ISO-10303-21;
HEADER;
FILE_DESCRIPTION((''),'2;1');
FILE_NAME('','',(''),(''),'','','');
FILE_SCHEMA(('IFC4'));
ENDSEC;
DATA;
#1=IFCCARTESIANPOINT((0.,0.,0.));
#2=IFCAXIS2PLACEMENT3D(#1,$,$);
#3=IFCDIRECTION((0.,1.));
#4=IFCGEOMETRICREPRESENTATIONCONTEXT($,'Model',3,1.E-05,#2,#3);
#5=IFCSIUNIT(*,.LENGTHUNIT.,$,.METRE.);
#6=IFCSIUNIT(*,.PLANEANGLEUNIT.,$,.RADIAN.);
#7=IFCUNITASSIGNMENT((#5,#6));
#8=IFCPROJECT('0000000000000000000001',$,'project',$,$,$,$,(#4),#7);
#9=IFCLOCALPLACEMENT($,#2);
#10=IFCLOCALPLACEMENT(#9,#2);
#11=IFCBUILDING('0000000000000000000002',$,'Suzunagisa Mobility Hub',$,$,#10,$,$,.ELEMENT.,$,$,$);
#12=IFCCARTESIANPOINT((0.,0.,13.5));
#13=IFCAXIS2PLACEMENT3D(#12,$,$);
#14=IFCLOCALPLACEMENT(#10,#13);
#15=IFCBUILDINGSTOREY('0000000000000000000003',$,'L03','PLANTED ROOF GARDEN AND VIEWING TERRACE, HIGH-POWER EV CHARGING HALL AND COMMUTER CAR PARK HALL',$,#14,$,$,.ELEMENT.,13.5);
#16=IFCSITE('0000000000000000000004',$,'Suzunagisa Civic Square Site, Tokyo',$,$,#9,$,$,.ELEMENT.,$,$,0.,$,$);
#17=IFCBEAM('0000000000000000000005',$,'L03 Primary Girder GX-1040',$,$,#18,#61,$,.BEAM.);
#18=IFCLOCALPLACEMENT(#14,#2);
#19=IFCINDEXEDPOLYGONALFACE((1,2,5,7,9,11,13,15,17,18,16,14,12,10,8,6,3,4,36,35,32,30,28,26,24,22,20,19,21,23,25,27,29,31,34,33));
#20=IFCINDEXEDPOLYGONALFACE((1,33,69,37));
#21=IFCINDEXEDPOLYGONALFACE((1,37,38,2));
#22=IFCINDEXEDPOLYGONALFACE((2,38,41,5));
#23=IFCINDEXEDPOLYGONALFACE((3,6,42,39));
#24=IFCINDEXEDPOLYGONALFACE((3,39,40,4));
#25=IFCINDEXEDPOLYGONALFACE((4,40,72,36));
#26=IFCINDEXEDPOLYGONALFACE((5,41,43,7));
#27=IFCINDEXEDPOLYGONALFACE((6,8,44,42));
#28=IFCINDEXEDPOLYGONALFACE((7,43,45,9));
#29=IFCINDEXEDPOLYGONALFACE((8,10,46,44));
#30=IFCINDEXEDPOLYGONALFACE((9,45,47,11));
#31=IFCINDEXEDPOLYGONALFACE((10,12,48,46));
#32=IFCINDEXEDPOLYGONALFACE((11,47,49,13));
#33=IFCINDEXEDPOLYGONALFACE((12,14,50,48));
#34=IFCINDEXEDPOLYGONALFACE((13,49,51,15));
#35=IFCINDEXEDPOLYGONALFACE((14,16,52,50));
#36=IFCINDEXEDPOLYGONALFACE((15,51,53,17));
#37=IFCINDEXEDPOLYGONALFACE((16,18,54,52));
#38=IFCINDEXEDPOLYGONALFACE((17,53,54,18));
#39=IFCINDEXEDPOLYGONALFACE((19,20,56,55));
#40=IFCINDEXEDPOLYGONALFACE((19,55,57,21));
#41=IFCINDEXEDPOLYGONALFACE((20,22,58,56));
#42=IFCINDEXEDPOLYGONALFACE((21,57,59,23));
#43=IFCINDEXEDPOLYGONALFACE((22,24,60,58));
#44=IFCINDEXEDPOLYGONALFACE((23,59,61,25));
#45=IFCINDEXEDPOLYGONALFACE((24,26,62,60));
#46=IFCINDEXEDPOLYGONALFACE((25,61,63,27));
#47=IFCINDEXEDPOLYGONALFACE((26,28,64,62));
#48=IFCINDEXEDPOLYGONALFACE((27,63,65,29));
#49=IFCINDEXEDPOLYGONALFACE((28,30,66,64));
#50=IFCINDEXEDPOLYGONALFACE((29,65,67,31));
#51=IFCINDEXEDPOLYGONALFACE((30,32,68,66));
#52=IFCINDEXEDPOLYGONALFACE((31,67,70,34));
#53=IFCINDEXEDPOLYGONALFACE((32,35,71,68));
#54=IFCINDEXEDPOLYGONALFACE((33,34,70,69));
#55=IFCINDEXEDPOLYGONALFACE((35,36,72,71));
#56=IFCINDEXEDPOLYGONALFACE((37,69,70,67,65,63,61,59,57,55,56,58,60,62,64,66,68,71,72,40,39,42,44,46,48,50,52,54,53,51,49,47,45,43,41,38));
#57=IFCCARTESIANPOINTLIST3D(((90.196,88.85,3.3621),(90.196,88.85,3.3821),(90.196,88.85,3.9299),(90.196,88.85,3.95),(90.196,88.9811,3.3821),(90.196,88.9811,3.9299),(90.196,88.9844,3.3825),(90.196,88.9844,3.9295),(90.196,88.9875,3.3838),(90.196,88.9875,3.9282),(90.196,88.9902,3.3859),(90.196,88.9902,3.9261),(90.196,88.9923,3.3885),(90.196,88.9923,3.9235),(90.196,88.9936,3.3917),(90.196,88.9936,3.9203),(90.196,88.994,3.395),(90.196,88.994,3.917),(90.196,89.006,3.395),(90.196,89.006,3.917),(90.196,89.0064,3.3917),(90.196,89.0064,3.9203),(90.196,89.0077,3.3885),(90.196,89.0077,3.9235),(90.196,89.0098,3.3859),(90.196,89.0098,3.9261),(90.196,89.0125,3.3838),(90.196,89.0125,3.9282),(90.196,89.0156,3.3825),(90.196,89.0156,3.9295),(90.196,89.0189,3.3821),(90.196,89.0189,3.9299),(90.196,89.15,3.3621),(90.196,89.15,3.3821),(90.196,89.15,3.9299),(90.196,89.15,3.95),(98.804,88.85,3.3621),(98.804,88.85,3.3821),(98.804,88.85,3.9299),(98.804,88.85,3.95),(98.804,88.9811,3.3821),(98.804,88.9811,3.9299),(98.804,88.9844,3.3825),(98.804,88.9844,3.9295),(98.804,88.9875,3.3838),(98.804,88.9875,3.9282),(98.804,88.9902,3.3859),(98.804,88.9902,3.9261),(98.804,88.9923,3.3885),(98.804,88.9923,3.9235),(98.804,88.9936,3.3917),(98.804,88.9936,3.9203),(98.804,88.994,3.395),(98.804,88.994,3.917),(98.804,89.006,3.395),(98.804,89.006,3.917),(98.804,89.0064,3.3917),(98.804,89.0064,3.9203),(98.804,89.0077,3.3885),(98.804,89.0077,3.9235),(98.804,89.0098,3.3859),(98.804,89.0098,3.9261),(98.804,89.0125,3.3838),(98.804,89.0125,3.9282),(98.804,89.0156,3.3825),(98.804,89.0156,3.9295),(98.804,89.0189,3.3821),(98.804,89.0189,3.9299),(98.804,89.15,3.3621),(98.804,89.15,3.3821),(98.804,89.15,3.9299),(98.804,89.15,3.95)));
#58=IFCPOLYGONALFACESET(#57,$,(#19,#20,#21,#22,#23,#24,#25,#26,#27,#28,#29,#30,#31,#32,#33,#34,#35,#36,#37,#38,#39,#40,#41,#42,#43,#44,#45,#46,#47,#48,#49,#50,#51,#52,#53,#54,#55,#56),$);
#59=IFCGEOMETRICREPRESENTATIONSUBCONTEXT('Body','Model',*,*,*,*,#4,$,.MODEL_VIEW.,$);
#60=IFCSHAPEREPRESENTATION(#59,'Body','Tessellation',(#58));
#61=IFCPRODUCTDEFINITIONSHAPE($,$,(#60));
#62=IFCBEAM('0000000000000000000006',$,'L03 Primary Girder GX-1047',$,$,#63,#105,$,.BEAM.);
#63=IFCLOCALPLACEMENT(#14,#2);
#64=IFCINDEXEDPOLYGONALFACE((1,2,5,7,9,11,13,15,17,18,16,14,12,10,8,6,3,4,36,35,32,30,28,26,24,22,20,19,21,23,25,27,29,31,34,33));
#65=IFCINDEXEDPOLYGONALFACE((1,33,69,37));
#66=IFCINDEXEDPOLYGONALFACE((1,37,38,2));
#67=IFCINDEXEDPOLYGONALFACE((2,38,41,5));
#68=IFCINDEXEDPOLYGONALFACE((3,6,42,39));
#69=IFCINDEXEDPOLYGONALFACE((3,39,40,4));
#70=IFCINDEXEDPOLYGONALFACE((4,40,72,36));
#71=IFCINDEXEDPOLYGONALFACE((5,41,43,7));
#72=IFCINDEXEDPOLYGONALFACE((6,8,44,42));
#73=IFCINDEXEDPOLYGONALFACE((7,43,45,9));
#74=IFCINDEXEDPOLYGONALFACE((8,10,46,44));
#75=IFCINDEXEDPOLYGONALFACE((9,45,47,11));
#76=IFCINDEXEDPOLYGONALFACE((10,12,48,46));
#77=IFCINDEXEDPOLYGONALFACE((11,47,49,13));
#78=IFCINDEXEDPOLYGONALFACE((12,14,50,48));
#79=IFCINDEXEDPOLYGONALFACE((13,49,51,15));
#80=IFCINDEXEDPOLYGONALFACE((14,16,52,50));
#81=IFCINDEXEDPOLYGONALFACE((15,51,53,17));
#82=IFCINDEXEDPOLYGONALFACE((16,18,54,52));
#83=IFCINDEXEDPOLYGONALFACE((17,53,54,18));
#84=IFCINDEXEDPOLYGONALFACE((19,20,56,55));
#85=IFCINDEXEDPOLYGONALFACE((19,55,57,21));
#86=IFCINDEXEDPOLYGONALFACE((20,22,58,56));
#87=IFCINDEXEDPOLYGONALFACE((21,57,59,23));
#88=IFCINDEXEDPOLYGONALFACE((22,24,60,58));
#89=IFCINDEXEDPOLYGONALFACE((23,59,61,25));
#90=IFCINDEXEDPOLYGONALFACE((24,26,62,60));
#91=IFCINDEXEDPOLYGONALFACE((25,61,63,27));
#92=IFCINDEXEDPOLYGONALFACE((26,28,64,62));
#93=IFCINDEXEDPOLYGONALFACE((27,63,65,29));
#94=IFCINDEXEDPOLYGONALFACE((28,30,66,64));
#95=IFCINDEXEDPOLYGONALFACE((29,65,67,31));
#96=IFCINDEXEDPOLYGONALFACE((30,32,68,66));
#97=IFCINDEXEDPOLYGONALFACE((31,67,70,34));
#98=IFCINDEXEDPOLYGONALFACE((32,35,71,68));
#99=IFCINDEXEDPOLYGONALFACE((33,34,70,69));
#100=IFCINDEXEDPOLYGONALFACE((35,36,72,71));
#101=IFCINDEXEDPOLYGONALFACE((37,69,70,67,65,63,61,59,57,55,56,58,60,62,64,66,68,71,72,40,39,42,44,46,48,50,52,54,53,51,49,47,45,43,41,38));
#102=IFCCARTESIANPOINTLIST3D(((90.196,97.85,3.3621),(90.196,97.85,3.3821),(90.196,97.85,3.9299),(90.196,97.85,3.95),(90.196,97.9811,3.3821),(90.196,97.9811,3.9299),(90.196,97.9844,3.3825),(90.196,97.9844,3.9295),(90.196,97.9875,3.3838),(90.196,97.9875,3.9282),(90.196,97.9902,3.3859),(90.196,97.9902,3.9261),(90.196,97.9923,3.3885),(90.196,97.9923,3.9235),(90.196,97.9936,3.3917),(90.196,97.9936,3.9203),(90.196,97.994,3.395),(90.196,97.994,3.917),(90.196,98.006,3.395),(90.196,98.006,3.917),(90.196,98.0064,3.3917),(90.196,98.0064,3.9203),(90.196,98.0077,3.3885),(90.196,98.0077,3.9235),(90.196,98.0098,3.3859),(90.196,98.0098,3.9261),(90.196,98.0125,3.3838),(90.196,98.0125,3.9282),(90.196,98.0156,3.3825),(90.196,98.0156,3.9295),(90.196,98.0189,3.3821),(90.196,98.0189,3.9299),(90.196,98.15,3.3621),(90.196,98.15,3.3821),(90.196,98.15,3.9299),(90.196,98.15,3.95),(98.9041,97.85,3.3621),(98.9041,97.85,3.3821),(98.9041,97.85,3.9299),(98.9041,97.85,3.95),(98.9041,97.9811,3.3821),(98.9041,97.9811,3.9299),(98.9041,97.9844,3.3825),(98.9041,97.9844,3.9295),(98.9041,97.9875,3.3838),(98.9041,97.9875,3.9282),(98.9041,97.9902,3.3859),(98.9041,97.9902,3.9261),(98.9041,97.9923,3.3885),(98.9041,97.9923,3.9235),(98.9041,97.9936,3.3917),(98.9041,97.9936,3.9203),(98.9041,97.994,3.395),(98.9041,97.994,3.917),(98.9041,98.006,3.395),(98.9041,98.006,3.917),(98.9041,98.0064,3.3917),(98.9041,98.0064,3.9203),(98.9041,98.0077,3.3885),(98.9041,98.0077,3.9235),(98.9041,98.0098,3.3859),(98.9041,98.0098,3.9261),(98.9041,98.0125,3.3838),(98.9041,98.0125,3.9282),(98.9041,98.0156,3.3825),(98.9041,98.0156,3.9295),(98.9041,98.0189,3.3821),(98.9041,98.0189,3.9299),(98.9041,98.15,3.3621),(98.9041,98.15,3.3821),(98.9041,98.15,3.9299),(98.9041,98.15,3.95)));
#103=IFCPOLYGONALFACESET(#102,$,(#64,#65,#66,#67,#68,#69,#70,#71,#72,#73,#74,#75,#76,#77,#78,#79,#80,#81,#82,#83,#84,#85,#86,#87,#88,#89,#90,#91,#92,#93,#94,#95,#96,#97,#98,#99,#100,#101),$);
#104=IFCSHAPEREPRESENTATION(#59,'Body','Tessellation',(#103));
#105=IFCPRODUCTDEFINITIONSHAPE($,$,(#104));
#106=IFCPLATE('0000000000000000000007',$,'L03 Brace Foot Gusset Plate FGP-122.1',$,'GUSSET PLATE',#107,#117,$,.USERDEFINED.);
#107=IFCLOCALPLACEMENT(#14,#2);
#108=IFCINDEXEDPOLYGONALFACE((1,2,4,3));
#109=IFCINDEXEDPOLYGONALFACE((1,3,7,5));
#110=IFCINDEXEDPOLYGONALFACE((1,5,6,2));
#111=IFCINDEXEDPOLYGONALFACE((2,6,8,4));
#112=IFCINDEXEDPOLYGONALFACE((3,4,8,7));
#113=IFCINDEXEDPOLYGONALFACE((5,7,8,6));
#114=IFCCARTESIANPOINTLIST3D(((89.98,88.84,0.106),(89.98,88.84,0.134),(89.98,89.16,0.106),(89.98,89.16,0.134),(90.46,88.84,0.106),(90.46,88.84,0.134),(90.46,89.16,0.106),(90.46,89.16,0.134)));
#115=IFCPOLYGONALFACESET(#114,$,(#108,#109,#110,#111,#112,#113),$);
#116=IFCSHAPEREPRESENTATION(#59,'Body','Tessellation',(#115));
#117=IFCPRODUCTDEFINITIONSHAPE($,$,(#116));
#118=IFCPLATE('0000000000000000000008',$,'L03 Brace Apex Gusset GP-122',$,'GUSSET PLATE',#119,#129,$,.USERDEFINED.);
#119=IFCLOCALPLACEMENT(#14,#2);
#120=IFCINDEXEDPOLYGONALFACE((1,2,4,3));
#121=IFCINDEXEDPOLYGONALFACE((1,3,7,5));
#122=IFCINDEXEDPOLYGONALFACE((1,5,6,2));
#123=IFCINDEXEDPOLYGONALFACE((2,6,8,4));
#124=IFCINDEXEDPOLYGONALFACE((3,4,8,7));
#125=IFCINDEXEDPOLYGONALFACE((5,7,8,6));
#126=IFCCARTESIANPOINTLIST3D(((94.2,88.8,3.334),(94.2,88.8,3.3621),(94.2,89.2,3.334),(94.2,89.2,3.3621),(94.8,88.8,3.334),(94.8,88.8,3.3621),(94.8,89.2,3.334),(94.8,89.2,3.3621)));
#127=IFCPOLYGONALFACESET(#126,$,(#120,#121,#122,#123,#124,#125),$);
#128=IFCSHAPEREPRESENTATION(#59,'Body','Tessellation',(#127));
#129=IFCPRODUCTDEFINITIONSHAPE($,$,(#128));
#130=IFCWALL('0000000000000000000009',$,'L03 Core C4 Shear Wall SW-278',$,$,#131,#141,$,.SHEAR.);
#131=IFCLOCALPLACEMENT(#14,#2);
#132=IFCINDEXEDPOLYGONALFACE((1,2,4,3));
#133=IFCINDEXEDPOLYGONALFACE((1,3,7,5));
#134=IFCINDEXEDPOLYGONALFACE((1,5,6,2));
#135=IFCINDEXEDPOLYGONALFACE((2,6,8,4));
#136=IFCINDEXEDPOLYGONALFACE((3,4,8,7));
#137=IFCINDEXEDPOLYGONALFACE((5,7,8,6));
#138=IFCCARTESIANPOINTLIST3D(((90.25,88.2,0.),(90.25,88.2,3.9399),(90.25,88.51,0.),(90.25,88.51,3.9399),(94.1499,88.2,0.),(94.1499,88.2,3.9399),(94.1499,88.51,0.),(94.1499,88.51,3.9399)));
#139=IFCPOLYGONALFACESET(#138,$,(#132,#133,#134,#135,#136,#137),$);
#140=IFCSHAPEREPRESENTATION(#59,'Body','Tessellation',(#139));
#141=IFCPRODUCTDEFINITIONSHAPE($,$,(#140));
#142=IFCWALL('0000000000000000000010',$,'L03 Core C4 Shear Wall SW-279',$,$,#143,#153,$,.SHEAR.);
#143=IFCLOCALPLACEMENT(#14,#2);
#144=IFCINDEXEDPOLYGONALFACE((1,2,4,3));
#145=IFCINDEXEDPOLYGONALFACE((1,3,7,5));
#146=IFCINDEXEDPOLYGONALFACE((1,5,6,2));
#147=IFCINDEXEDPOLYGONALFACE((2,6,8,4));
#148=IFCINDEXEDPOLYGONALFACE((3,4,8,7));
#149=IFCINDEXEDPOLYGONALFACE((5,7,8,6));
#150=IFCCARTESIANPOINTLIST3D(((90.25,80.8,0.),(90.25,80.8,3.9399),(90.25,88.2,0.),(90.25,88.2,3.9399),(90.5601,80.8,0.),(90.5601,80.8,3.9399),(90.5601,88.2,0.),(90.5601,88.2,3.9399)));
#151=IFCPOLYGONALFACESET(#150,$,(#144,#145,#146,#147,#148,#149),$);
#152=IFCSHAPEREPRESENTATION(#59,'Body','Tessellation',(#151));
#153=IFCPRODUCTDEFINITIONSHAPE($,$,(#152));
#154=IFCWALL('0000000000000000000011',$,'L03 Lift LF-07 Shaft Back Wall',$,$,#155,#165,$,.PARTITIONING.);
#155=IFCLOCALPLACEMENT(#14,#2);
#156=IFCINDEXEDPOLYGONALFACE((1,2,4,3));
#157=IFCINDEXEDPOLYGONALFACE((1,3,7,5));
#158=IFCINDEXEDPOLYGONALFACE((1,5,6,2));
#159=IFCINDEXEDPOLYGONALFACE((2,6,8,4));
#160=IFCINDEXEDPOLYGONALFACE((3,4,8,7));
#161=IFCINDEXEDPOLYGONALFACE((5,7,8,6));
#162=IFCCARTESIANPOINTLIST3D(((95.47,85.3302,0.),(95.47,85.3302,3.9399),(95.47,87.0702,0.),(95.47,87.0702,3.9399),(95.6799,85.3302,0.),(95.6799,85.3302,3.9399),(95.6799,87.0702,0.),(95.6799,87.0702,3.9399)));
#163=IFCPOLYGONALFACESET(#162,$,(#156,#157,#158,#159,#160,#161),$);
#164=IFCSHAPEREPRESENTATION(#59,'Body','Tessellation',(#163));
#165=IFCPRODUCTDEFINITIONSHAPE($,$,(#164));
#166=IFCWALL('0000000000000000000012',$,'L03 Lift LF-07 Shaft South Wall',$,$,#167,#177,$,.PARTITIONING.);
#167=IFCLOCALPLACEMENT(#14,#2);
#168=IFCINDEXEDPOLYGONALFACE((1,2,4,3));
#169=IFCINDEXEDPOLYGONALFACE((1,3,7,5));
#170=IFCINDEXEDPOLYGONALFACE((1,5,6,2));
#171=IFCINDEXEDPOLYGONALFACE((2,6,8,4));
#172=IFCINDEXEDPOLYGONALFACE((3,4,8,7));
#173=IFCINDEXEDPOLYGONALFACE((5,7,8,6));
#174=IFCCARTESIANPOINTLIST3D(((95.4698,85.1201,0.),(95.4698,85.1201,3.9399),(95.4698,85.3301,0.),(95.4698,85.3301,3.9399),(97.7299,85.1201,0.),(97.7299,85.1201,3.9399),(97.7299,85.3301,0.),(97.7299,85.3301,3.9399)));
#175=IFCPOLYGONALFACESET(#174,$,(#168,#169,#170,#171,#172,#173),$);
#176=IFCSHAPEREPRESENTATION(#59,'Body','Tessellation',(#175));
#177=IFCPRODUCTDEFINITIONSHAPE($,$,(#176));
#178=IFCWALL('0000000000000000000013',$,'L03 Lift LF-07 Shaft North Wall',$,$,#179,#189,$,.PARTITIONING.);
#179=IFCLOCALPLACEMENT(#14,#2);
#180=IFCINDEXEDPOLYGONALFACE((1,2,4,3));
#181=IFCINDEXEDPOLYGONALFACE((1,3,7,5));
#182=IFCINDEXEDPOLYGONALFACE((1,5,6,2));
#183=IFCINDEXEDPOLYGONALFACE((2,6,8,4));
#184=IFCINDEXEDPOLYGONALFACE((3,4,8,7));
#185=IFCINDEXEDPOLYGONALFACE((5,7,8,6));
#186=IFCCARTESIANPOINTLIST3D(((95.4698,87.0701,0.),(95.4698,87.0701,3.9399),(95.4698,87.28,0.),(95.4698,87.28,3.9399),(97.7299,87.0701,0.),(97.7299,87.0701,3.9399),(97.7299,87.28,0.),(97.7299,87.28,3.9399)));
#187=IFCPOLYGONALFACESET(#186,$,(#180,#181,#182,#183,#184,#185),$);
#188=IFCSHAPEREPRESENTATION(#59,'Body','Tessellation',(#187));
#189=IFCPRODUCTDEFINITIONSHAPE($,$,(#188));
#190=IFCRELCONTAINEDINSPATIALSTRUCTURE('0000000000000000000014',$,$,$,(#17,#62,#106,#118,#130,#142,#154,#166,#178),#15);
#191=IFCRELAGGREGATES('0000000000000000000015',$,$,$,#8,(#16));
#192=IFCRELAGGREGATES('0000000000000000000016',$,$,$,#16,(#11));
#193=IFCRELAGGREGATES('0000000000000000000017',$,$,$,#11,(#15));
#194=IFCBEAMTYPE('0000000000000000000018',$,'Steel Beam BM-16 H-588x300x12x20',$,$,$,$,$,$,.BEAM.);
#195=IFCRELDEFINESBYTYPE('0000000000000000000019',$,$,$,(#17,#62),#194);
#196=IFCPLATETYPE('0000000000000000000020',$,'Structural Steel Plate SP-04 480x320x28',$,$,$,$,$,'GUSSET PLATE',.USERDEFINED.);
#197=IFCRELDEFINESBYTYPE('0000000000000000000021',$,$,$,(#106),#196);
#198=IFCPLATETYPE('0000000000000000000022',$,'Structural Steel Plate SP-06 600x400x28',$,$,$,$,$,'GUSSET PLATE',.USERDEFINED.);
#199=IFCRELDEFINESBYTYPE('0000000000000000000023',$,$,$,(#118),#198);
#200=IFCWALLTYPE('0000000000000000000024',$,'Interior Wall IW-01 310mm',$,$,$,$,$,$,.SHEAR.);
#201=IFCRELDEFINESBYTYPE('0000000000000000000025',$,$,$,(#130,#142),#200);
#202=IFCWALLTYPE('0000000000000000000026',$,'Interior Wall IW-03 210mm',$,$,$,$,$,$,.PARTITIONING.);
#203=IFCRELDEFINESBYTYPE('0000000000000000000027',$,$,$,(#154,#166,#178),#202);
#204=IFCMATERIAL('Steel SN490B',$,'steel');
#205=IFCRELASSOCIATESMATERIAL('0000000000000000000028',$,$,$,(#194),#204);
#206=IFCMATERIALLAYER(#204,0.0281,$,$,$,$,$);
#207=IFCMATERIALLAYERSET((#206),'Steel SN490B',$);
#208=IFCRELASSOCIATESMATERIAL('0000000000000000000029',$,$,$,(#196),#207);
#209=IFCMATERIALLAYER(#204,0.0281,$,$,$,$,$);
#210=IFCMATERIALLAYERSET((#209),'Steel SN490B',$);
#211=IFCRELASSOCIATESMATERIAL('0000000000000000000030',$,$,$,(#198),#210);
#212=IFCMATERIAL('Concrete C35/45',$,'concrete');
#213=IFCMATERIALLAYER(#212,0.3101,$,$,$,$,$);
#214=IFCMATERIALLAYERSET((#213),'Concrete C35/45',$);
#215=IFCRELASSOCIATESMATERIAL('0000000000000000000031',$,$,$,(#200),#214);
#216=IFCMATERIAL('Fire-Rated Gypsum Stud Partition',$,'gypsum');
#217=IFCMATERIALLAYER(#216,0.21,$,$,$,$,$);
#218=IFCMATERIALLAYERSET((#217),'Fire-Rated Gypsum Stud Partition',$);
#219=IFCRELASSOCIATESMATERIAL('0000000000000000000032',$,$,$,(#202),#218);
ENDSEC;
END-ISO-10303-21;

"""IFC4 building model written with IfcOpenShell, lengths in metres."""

from ifc_helpers import new_model, si_unit, direction, frame, frame_2d, origin, origin_2d, place, context, subcontext, project, spatial, rectangle, i_section, extrude, material, layer, layer_set, material_profile, profile_set, type_object, element, save


model = new_model("IFC4")

# Units and contexts
model_context = context("Model", 3, precision=1e-05, world=origin(), true_north=direction((0.0, 1.0)))
body_context = subcontext(model_context, "Body", "Model", "MODEL_VIEW")
ifc_project = project(units=[si_unit("LENGTHUNIT", "METRE"), si_unit("PLANEANGLEUNIT", "RADIAN")], contexts=[model_context])

# Site, building, storey
site_placement = place(None, origin())
site = spatial("IfcSite", under=ifc_project, at=site_placement, Name="Suzunagisa Civic Square Site, Tokyo", CompositionType="ELEMENT", RefElevation=0.0)
building_placement = place(site_placement, origin())
building = spatial("IfcBuilding", under=site, at=building_placement, Name="Suzunagisa Mobility Hub", CompositionType="ELEMENT")
storey_placement = place(building_placement, frame((0.0, 0.0, 13.5)))
storey = spatial("IfcBuildingStorey", under=building, at=storey_placement, Name="L03", Description="PLANTED ROOF GARDEN AND VIEWING TERRACE, HIGH-POWER EV CHARGING HALL AND COMMUTER CAR PARK HALL", CompositionType="ELEMENT", Elevation=13.5)

# Shared definitions
ifc_material_1 = material(Name="Steel SN490B", Category="steel")

# Beams
ifc_material_profile_1 = material_profile(ifc_material_1, i_section(OverallWidth=0.3, OverallDepth=0.5879, WebThickness=0.012, FlangeThickness=0.02, FilletRadius=0.0129, at=origin_2d()), Name="H-588x300x12x20")
ifc_profile_set_1 = profile_set([ifc_material_profile_1], Name="Steel SN490B")
beam_type_1 = type_object("IfcBeamType", Name="Steel Beam BM-16 H-588x300x12x20", PredefinedType="BEAM", material=ifc_profile_set_1)
beam_1_placement = place(storey_placement, frame((90.196, 89.0, 3.656), z_axis=(1.0, 0.0, 0.0), x_axis=(0.0, 1.0, 0.0)))
element("IfcBeam", 1, at=beam_1_placement, inside=storey, type_object=beam_type_1, Name="L03 Primary Girder GX-1040", PredefinedType="BEAM", context=body_context, shape_type="SweptSolid", body=[
    extrude(i_section(OverallWidth=0.3, OverallDepth=0.5879, WebThickness=0.012, FlangeThickness=0.02, FilletRadius=0.0129, at=origin_2d()), origin(), (0.0, 0.0, 1.0), 8.6079),
])
beam_2_placement = place(storey_placement, frame((90.196, 98.0, 3.656), z_axis=(1.0, 0.0, 0.0), x_axis=(0.0, 1.0, 0.0)))
element("IfcBeam", 2, at=beam_2_placement, inside=storey, type_object=beam_type_1, Name="L03 Primary Girder GX-1047", PredefinedType="BEAM", context=body_context, shape_type="SweptSolid", body=[
    extrude(i_section(OverallWidth=0.3, OverallDepth=0.5879, WebThickness=0.012, FlangeThickness=0.02, FilletRadius=0.0129, at=origin_2d()), origin(), (0.0, 0.0, 1.0), 8.708),
])

# Plates
ifc_layer_1 = layer(ifc_material_1, 0.0281)
ifc_layer_set_1 = layer_set([ifc_layer_1], Name="Steel SN490B")
plate_type_1 = type_object("IfcPlateType", Name="Structural Steel Plate SP-04 480x320x28", ElementType="GUSSET PLATE", PredefinedType="USERDEFINED", material=ifc_layer_set_1)
plate_1_placement = place(storey_placement, frame((90.22, 89.0, 0.106), z_axis=(0.0, 0.0, 1.0), x_axis=(1.0, 0.0, 0.0)))
element("IfcPlate", 3, at=plate_1_placement, inside=storey, type_object=plate_type_1, Name="L03 Brace Foot Gusset Plate FGP-122.1", ObjectType="GUSSET PLATE", PredefinedType="USERDEFINED", context=body_context, shape_type="SweptSolid", body=[
    extrude(rectangle(XDim=0.48, YDim=0.3201, at=origin_2d()), origin(), (0.0, 0.0, 1.0), 0.0281),
])
ifc_layer_2 = layer(ifc_material_1, 0.0281)
ifc_layer_set_2 = layer_set([ifc_layer_2], Name="Steel SN490B")
plate_type_2 = type_object("IfcPlateType", Name="Structural Steel Plate SP-06 600x400x28", ElementType="GUSSET PLATE", PredefinedType="USERDEFINED", material=ifc_layer_set_2)
plate_2_placement = place(storey_placement, frame((94.5, 89.0, 3.334), z_axis=(0.0, 0.0, 1.0), x_axis=(1.0, 0.0, 0.0)))
element("IfcPlate", 4, at=plate_2_placement, inside=storey, type_object=plate_type_2, Name="L03 Brace Apex Gusset GP-122", ObjectType="GUSSET PLATE", PredefinedType="USERDEFINED", context=body_context, shape_type="SweptSolid", body=[
    extrude(rectangle(XDim=0.6001, YDim=0.3999, at=origin_2d()), origin(), (0.0, 0.0, 1.0), 0.0281),
])

# Walls
ifc_material_2 = material(Name="Concrete C35/45", Category="concrete")
ifc_layer_3 = layer(ifc_material_2, 0.3101)
ifc_layer_set_3 = layer_set([ifc_layer_3], Name="Concrete C35/45")
wall_type_1 = type_object("IfcWallType", Name="Interior Wall IW-01 310mm", PredefinedType="SHEAR", material=ifc_layer_set_3)
wall_1_placement = place(storey_placement, frame((90.25, 88.355, 0.0), z_axis=(0.0, 0.0, 1.0), x_axis=(1.0, 0.0, 0.0)))
element("IfcWall", 5, at=wall_1_placement, inside=storey, type_object=wall_type_1, Name="L03 Core C4 Shear Wall SW-278", PredefinedType="SHEAR", context=body_context, shape_type="SweptSolid", body=[
    extrude(rectangle(XDim=3.8999, YDim=0.3101, at=frame_2d((1.95, 0.0))), origin(), (0.0, 0.0, 1.0), 3.9399),
])
wall_2_placement = place(storey_placement, frame((90.405, 80.8, 0.0), z_axis=(0.0, 0.0, 1.0), x_axis=(0.0, 1.0, 0.0)))
element("IfcWall", 6, at=wall_2_placement, inside=storey, type_object=wall_type_1, Name="L03 Core C4 Shear Wall SW-279", PredefinedType="SHEAR", context=body_context, shape_type="SweptSolid", body=[
    extrude(rectangle(XDim=7.3999, YDim=0.3101, at=frame_2d((3.7, 0.0))), origin(), (0.0, 0.0, 1.0), 3.9399),
])

# Walls
ifc_material_3 = material(Name="Fire-Rated Gypsum Stud Partition", Category="gypsum")
ifc_layer_4 = layer(ifc_material_3, 0.21)
ifc_layer_set_4 = layer_set([ifc_layer_4], Name="Fire-Rated Gypsum Stud Partition")
wall_type_2 = type_object("IfcWallType", Name="Interior Wall IW-03 210mm", PredefinedType="PARTITIONING", material=ifc_layer_set_4)
wall_3_placement = place(storey_placement, frame((95.575, 85.3301, 0.0), z_axis=(0.0, 0.0, 1.0), x_axis=(0.0, 1.0, 0.0)))
element("IfcWall", 7, at=wall_3_placement, inside=storey, type_object=wall_type_2, Name="L03 Lift LF-07 Shaft Back Wall", PredefinedType="PARTITIONING", context=body_context, shape_type="SweptSolid", body=[
    extrude(rectangle(XDim=1.74, YDim=0.21, at=frame_2d((0.8701, 0.0))), origin(), (0.0, 0.0, 1.0), 3.9399),
])
for number, where, z_axis, x_axis, name in (
    (8, (95.47, 85.2251, 0.0), (0.0, 0.0, 1.0), (1.0, 0.0, 0.0), "L03 Lift LF-07 Shaft South Wall"),
    (9, (95.47, 87.175, 0.0), (0.0, 0.0, 1.0), (1.0, 0.0, 0.0), "L03 Lift LF-07 Shaft North Wall"),
):
    element("IfcWall", number, at=place(storey_placement, frame(where, z_axis=z_axis, x_axis=x_axis)), inside=storey, type_object=wall_type_2, Name=name, PredefinedType="PARTITIONING", context=body_context, shape_type="SweptSolid", body=[
        extrude(rectangle(XDim=2.26, YDim=0.21, at=frame_2d((1.1299, 0.0))), origin(), (0.0, 0.0, 1.0), 3.9399),
    ])

save(model, "model.ifc")
